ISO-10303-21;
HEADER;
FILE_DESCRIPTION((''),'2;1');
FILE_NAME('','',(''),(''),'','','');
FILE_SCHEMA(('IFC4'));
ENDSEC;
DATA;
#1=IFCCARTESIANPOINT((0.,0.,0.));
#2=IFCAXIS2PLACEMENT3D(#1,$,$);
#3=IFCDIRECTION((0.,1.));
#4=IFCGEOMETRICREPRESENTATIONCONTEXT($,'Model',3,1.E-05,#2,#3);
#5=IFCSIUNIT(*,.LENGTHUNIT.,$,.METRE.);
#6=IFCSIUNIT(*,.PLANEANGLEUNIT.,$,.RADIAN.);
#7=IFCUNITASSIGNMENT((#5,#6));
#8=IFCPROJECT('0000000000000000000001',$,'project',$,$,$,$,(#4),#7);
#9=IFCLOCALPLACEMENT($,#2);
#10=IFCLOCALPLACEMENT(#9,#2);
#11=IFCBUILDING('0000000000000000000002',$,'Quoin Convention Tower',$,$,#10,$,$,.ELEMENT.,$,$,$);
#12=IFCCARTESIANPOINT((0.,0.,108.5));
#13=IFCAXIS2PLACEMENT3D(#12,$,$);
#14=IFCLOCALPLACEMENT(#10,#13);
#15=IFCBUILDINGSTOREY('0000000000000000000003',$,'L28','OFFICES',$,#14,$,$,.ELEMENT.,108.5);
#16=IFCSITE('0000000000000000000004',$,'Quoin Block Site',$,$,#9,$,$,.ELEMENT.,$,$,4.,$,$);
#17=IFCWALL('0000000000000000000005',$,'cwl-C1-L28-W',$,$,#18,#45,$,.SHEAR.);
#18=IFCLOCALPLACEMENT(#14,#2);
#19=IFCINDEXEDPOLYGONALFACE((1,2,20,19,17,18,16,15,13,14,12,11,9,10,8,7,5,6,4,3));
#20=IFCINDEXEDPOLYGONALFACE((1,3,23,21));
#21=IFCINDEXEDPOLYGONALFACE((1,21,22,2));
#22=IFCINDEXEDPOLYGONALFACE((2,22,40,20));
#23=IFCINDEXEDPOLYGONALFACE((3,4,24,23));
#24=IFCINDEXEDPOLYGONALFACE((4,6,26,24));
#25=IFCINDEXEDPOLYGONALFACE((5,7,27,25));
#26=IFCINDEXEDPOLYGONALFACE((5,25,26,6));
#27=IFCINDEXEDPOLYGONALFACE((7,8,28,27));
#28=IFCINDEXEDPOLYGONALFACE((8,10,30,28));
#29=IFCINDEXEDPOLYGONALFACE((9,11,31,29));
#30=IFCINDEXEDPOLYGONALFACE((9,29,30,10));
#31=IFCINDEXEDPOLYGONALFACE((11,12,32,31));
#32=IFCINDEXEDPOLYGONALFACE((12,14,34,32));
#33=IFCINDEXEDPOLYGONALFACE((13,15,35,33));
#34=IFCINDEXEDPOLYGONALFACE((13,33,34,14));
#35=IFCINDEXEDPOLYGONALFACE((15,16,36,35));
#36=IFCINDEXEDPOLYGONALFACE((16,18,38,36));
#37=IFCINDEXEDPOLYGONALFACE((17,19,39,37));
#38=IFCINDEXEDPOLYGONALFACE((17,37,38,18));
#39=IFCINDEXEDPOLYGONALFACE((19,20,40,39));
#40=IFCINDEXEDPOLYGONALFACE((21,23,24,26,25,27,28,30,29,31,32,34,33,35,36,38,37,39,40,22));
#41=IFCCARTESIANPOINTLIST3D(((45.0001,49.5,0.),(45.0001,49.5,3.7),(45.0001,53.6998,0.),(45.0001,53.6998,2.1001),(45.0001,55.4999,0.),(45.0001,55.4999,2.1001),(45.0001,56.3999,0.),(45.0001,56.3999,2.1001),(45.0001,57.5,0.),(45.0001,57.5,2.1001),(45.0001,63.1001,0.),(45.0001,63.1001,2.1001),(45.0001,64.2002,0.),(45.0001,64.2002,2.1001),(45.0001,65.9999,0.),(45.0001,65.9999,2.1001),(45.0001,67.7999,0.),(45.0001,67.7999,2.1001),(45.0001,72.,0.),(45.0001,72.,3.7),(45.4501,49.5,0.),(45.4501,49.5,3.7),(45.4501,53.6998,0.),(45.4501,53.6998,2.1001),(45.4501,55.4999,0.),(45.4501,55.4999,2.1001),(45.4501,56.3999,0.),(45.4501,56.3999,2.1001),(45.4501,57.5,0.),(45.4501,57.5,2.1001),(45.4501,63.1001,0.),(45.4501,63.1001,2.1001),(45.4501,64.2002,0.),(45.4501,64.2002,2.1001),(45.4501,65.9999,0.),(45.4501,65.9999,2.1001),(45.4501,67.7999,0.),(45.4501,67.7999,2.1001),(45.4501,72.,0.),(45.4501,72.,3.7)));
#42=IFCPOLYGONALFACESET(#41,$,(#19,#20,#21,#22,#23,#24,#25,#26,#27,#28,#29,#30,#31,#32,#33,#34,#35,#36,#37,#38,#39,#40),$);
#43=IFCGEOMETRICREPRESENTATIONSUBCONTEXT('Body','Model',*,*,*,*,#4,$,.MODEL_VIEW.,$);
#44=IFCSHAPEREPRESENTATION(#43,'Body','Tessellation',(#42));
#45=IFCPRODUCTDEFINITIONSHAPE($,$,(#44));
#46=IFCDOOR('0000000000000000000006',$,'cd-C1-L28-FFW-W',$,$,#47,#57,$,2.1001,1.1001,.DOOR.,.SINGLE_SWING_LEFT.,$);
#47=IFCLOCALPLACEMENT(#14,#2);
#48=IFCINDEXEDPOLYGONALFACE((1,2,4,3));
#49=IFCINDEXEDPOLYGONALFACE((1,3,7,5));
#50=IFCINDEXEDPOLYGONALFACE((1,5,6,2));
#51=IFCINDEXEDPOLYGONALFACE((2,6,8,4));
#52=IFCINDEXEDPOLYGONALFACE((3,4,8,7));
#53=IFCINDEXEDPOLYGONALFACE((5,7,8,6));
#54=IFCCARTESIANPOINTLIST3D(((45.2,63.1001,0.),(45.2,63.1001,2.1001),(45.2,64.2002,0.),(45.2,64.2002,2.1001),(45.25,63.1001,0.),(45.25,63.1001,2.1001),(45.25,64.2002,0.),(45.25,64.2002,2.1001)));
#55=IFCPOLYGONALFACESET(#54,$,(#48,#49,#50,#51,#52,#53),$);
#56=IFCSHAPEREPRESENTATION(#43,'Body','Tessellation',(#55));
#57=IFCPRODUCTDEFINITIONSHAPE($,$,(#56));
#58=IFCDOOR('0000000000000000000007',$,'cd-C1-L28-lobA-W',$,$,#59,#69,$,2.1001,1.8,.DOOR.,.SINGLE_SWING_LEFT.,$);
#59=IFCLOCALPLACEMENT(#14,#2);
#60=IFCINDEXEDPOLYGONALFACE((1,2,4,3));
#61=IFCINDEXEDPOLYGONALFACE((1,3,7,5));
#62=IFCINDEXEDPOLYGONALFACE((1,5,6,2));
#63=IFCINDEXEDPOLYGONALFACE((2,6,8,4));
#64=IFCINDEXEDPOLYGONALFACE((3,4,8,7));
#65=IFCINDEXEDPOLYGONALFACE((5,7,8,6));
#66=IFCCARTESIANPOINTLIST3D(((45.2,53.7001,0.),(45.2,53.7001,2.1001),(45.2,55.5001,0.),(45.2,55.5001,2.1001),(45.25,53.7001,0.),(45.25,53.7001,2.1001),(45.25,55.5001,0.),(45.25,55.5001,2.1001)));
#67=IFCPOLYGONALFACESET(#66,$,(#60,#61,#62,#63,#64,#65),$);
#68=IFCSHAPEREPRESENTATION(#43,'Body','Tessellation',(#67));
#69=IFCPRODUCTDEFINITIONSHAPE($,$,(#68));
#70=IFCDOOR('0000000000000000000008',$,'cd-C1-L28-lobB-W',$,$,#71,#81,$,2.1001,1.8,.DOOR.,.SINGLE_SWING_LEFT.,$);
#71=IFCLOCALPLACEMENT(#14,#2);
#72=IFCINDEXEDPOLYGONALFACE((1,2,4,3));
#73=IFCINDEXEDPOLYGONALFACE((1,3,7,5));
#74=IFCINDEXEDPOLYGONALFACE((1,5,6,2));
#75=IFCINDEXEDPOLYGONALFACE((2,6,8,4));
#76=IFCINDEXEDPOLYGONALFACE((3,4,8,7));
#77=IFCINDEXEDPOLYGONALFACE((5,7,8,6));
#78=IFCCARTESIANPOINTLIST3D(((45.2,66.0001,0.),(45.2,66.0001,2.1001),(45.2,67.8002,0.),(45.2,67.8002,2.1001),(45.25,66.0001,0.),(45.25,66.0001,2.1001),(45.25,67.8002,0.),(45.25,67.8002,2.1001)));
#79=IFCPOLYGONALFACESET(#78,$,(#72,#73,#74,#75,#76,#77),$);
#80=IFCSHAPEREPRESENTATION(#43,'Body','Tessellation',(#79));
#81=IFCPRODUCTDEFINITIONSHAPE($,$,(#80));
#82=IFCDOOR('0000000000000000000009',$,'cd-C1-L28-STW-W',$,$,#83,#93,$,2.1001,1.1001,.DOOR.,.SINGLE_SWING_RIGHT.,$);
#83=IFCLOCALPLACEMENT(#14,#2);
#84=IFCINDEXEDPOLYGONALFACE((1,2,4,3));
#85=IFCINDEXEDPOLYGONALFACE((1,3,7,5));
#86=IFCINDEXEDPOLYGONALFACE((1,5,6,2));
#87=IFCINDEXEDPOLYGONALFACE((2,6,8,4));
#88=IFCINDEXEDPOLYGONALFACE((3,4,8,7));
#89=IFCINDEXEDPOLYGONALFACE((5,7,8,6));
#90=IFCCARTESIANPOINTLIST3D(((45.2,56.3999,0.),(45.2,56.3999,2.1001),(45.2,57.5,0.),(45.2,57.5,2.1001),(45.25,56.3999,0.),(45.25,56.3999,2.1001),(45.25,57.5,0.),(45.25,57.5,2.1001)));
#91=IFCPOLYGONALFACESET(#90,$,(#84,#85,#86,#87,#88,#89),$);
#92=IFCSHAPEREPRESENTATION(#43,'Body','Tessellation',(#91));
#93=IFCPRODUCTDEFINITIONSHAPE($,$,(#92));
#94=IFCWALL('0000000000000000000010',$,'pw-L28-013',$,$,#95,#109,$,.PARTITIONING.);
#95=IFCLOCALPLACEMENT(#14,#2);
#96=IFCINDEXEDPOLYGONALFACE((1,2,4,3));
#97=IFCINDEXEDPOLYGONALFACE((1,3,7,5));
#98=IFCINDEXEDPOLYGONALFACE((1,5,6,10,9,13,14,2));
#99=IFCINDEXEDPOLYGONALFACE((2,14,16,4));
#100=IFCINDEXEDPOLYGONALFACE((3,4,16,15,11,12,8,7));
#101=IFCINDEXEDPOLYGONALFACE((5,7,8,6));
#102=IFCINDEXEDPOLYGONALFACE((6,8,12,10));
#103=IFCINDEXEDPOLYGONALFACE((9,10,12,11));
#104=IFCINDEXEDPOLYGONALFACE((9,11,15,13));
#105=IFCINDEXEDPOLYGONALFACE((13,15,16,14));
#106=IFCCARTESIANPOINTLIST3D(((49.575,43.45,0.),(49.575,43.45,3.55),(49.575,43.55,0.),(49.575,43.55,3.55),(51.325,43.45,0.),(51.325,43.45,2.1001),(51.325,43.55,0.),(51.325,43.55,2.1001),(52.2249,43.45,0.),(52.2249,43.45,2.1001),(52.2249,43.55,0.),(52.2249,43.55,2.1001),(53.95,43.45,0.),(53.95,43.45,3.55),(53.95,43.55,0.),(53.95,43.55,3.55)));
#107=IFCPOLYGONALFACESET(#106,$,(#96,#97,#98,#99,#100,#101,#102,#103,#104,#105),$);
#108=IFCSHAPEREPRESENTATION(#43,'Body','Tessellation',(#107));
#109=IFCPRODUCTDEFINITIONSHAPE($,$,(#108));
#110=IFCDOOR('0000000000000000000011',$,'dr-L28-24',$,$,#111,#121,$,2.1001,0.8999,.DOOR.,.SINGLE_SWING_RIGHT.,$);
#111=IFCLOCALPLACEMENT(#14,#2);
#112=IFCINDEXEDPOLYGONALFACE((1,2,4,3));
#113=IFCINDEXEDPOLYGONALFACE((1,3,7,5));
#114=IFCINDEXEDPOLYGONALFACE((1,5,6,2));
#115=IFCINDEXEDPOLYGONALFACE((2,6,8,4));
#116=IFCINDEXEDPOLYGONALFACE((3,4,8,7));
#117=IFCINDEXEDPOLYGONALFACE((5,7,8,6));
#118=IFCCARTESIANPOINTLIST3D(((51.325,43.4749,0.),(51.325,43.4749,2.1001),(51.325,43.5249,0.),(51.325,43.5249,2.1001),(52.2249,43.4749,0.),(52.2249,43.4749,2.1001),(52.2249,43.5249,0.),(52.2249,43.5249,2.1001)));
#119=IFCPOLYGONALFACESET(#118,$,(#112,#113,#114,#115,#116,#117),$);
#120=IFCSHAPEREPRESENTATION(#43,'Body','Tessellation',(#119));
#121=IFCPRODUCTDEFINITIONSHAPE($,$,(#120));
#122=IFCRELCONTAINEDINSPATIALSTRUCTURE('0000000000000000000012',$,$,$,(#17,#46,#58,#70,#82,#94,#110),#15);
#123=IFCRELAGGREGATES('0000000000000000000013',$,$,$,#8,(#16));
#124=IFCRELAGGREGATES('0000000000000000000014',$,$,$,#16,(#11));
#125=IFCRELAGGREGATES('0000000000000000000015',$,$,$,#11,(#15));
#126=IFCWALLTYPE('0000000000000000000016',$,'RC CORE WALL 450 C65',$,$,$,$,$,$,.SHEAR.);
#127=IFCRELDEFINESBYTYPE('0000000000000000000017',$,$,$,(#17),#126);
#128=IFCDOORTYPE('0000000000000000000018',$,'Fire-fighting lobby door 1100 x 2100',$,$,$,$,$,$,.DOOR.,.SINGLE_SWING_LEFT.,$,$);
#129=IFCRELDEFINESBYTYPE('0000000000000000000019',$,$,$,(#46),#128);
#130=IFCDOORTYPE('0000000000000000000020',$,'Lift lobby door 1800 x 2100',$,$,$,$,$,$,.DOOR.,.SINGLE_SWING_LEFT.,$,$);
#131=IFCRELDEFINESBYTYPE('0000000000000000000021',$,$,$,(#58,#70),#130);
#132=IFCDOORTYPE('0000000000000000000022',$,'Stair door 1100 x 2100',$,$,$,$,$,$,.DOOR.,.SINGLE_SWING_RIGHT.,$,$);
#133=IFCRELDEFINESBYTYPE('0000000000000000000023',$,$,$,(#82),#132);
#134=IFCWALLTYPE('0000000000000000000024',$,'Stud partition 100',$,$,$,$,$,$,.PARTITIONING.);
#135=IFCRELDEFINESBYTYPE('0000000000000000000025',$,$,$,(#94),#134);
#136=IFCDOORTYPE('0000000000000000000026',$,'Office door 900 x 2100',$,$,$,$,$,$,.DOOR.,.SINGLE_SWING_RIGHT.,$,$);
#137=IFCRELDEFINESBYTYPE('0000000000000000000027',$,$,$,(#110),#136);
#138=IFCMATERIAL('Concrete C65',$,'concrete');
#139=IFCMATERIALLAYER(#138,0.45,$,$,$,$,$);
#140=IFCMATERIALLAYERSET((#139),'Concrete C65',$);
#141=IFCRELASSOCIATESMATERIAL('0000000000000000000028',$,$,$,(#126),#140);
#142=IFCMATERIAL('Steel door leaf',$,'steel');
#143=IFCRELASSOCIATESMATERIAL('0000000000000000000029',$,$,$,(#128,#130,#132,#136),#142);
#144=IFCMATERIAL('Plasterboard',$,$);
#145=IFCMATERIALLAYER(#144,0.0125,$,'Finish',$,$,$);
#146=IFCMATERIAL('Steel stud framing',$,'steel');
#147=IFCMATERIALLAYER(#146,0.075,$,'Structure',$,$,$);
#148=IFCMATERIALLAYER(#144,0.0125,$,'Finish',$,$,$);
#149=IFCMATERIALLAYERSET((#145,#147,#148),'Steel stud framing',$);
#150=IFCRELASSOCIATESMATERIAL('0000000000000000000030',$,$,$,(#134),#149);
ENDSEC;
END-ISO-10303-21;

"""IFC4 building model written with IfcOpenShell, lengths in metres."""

from ifc_helpers import new_model, si_unit, direction, frame, frame_2d, origin, place, context, subcontext, project, spatial, rectangle, extrude, material, layer, layer_set, type_object, element, fill, save


model = new_model("IFC4")

# Units and contexts
model_context = context("Model", 3, precision=1e-05, world=origin(), true_north=direction((0.0, 1.0)))
body_context = subcontext(model_context, "Body", "Model", "MODEL_VIEW")
ifc_project = project(units=[si_unit("LENGTHUNIT", "METRE"), si_unit("PLANEANGLEUNIT", "RADIAN")], contexts=[model_context])

# Site, building, storey
site_placement = place(None, origin())
site = spatial("IfcSite", under=ifc_project, at=site_placement, Name="Quoin Block Site", CompositionType="ELEMENT", RefElevation=4.0)
building_placement = place(site_placement, origin())
building = spatial("IfcBuilding", under=site, at=building_placement, Name="Quoin Convention Tower", CompositionType="ELEMENT")
storey_placement = place(building_placement, frame((0.0, 0.0, 108.5)))
storey = spatial("IfcBuildingStorey", under=building, at=storey_placement, Name="L28", Description="OFFICES", CompositionType="ELEMENT", Elevation=108.5)

# Shared definitions
ifc_material_1 = material(Name="Plasterboard")
ifc_material_2 = material(Name="Steel stud framing", Category="steel")

# Shared definitions
ifc_material_3 = material(Name="Steel door leaf", Category="steel")

# Shared definitions
ifc_material_4 = material(Name="Concrete C65", Category="concrete")
ifc_layer_1 = layer(ifc_material_4, 0.45)
ifc_layer_set_1 = layer_set([ifc_layer_1], Name="Concrete C65")
wall_type_1 = type_object("IfcWallType", Name="RC CORE WALL 450 C65", PredefinedType="SHEAR", material=ifc_layer_set_1)

# Wall, openings, doors
wall_1_placement = place(storey_placement, frame((45.2251, 49.5, 0.0), z_axis=(0.0, 0.0, 1.0), x_axis=(0.0, 1.0, 0.0)))
wall_1 = element("IfcWall", 1, at=wall_1_placement, inside=storey, type_object=wall_type_1, Name="cwl-C1-L28-W", PredefinedType="SHEAR", context=body_context, shape_type="SweptSolid", body=[
    extrude(rectangle(XDim=22.5, YDim=0.45, at=frame_2d((11.25, 0.0))), origin(), (0.0, 0.0, 1.0), 3.7),
])
opening_1_placement = place(wall_1_placement, frame((4.2, 0.0, 0.0)))
opening_1 = element("IfcOpeningElement", 2, at=opening_1_placement, cuts=wall_1, PredefinedType="OPENING", context=body_context, shape_type="SweptSolid", body=[
    extrude(rectangle(XDim=1.8, YDim=2.1001, at=frame_2d((0.8999, 1.05))), frame((0.0, 0.2349, 0.0), z_axis=(0.0, -1.0, 0.0), x_axis=(1.0, 0.0, 0.0)), (0.0, 0.0, 1.0), 0.47),
])
opening_2_placement = place(wall_1_placement, frame((6.8999, 0.0, 0.0)))
opening_2 = element("IfcOpeningElement", 3, at=opening_2_placement, cuts=wall_1, PredefinedType="OPENING", context=body_context, shape_type="SweptSolid", body=[
    extrude(rectangle(XDim=1.1001, YDim=2.1001, at=frame_2d((0.55, 1.05))), frame((0.0, 0.2349, 0.0), z_axis=(0.0, -1.0, 0.0), x_axis=(1.0, 0.0, 0.0)), (0.0, 0.0, 1.0), 0.47),
])
opening_3_placement = place(wall_1_placement, frame((13.6001, 0.0, 0.0)))
opening_3 = element("IfcOpeningElement", 4, at=opening_3_placement, cuts=wall_1, PredefinedType="OPENING", context=body_context, shape_type="SweptSolid", body=[
    extrude(rectangle(XDim=1.1001, YDim=2.1001, at=frame_2d((0.55, 1.05))), frame((0.0, 0.2349, 0.0), z_axis=(0.0, -1.0, 0.0), x_axis=(1.0, 0.0, 0.0)), (0.0, 0.0, 1.0), 0.47),
])
opening_4_placement = place(wall_1_placement, frame((16.5, 0.0, 0.0)))
opening_4 = element("IfcOpeningElement", 5, at=opening_4_placement, cuts=wall_1, PredefinedType="OPENING", context=body_context, shape_type="SweptSolid", body=[
    extrude(rectangle(XDim=1.8, YDim=2.1001, at=frame_2d((0.8999, 1.05))), frame((0.0, 0.2349, 0.0), z_axis=(0.0, -1.0, 0.0), x_axis=(1.0, 0.0, 0.0)), (0.0, 0.0, 1.0), 0.47),
])
door_type_1 = type_object("IfcDoorType", Name="Fire-fighting lobby door 1100 x 2100", OperationType="SINGLE_SWING_LEFT", PredefinedType="DOOR", material=ifc_material_3)
door_1_placement = place(opening_3_placement, frame((1.1001, 0.0, 0.0), z_axis=(0.0, 0.0, 1.0), x_axis=(-1.0, 0.0, 0.0)))
door_1 = element("IfcDoor", 6, at=door_1_placement, inside=storey, type_object=door_type_1, Name="cd-C1-L28-FFW-W", OperationType="SINGLE_SWING_LEFT", OverallHeight=2.1001, OverallWidth=1.1001, PredefinedType="DOOR", context=body_context, shape_type="SweptSolid", body=[
    extrude(rectangle(XDim=1.1001, YDim=2.1001, at=frame_2d((0.55, 1.05))), frame((0.0, 0.0249, 0.0), z_axis=(0.0, -1.0, 0.0), x_axis=(1.0, 0.0, 0.0)), (0.0, 0.0, 1.0), 0.05),
])
fill(opening_3, door_1)
door_type_2 = type_object("IfcDoorType", Name="Lift lobby door 1800 x 2100", OperationType="SINGLE_SWING_LEFT", PredefinedType="DOOR", material=ifc_material_3)
door_2_placement = place(opening_1_placement, frame((1.8, 0.0, 0.0), z_axis=(0.0, 0.0, 1.0), x_axis=(-1.0, 0.0, 0.0)))
door_2 = element("IfcDoor", 7, at=door_2_placement, inside=storey, type_object=door_type_2, Name="cd-C1-L28-lobA-W", OperationType="SINGLE_SWING_LEFT", OverallHeight=2.1001, OverallWidth=1.8, PredefinedType="DOOR", context=body_context, shape_type="SweptSolid", body=[
    extrude(rectangle(XDim=1.8, YDim=2.1001, at=frame_2d((0.8999, 1.05))), frame((0.0, 0.0249, 0.0), z_axis=(0.0, -1.0, 0.0), x_axis=(1.0, 0.0, 0.0)), (0.0, 0.0, 1.0), 0.05),
])
fill(opening_1, door_2)
door_3_placement = place(opening_4_placement, frame((1.8, 0.0, 0.0), z_axis=(0.0, 0.0, 1.0), x_axis=(-1.0, 0.0, 0.0)))
door_3 = element("IfcDoor", 8, at=door_3_placement, inside=storey, type_object=door_type_2, Name="cd-C1-L28-lobB-W", OperationType="SINGLE_SWING_LEFT", OverallHeight=2.1001, OverallWidth=1.8, PredefinedType="DOOR", context=body_context, shape_type="SweptSolid", body=[
    extrude(rectangle(XDim=1.8, YDim=2.1001, at=frame_2d((0.8999, 1.05))), frame((0.0, 0.0249, 0.0), z_axis=(0.0, -1.0, 0.0), x_axis=(1.0, 0.0, 0.0)), (0.0, 0.0, 1.0), 0.05),
])
fill(opening_4, door_3)
door_type_3 = type_object("IfcDoorType", Name="Stair door 1100 x 2100", OperationType="SINGLE_SWING_RIGHT", PredefinedType="DOOR", material=ifc_material_3)
door_4_placement = place(opening_2_placement, frame((1.1001, 0.0, 0.0), z_axis=(0.0, 0.0, 1.0), x_axis=(-1.0, 0.0, 0.0)))
door_4 = element("IfcDoor", 9, at=door_4_placement, inside=storey, type_object=door_type_3, Name="cd-C1-L28-STW-W", OperationType="SINGLE_SWING_RIGHT", OverallHeight=2.1001, OverallWidth=1.1001, PredefinedType="DOOR", context=body_context, shape_type="SweptSolid", body=[
    extrude(rectangle(XDim=1.1001, YDim=2.1001, at=frame_2d((0.55, 1.05))), frame((0.0, 0.0249, 0.0), z_axis=(0.0, -1.0, 0.0), x_axis=(1.0, 0.0, 0.0)), (0.0, 0.0, 1.0), 0.05),
])
fill(opening_2, door_4)

# Wall, opening, door
ifc_layer_2 = layer(ifc_material_1, 0.0125, Name="Finish")
ifc_layer_3 = layer(ifc_material_2, 0.075, Name="Structure")
ifc_layer_4 = layer(ifc_material_1, 0.0125, Name="Finish")
ifc_layer_set_2 = layer_set([ifc_layer_2, ifc_layer_3, ifc_layer_4], Name="Steel stud framing")
wall_type_2 = type_object("IfcWallType", Name="Stud partition 100", PredefinedType="PARTITIONING", material=ifc_layer_set_2)
wall_2_placement = place(storey_placement, frame((49.575, 43.5, 0.0), z_axis=(0.0, 0.0, 1.0), x_axis=(1.0, 0.0, 0.0)))
wall_2 = element("IfcWall", 10, at=wall_2_placement, inside=storey, type_object=wall_type_2, Name="pw-L28-013", PredefinedType="PARTITIONING", context=body_context, shape_type="SweptSolid", body=[
    extrude(rectangle(XDim=4.375, YDim=0.1001, at=frame_2d((2.1875, 0.0))), origin(), (0.0, 0.0, 1.0), 3.55),
])
opening_5_placement = place(wall_2_placement, frame((1.75, 0.0, 0.0)))
opening_5 = element("IfcOpeningElement", 11, at=opening_5_placement, cuts=wall_2, PredefinedType="OPENING", context=body_context, shape_type="SweptSolid", body=[
    extrude(rectangle(XDim=0.8999, YDim=2.1001, at=frame_2d((0.45, 1.05))), frame((0.0, 0.0601, 0.0), z_axis=(0.0, -1.0, 0.0), x_axis=(1.0, 0.0, 0.0)), (0.0, 0.0, 1.0), 0.1201),
])
door_type_4 = type_object("IfcDoorType", Name="Office door 900 x 2100", OperationType="SINGLE_SWING_RIGHT", PredefinedType="DOOR", material=ifc_material_3)
door_5_placement = place(opening_5_placement, origin())
door_5 = element("IfcDoor", 12, at=door_5_placement, inside=storey, type_object=door_type_4, Name="dr-L28-24", OperationType="SINGLE_SWING_RIGHT", OverallHeight=2.1001, OverallWidth=0.8999, PredefinedType="DOOR", context=body_context, shape_type="SweptSolid", body=[
    extrude(rectangle(XDim=0.8999, YDim=2.1001, at=frame_2d((0.45, 1.05))), frame((0.0, 0.0249, 0.0), z_axis=(0.0, -1.0, 0.0), x_axis=(1.0, 0.0, 0.0)), (0.0, 0.0, 1.0), 0.05),
])
fill(opening_5, door_5)

save(model, "model.ifc")
